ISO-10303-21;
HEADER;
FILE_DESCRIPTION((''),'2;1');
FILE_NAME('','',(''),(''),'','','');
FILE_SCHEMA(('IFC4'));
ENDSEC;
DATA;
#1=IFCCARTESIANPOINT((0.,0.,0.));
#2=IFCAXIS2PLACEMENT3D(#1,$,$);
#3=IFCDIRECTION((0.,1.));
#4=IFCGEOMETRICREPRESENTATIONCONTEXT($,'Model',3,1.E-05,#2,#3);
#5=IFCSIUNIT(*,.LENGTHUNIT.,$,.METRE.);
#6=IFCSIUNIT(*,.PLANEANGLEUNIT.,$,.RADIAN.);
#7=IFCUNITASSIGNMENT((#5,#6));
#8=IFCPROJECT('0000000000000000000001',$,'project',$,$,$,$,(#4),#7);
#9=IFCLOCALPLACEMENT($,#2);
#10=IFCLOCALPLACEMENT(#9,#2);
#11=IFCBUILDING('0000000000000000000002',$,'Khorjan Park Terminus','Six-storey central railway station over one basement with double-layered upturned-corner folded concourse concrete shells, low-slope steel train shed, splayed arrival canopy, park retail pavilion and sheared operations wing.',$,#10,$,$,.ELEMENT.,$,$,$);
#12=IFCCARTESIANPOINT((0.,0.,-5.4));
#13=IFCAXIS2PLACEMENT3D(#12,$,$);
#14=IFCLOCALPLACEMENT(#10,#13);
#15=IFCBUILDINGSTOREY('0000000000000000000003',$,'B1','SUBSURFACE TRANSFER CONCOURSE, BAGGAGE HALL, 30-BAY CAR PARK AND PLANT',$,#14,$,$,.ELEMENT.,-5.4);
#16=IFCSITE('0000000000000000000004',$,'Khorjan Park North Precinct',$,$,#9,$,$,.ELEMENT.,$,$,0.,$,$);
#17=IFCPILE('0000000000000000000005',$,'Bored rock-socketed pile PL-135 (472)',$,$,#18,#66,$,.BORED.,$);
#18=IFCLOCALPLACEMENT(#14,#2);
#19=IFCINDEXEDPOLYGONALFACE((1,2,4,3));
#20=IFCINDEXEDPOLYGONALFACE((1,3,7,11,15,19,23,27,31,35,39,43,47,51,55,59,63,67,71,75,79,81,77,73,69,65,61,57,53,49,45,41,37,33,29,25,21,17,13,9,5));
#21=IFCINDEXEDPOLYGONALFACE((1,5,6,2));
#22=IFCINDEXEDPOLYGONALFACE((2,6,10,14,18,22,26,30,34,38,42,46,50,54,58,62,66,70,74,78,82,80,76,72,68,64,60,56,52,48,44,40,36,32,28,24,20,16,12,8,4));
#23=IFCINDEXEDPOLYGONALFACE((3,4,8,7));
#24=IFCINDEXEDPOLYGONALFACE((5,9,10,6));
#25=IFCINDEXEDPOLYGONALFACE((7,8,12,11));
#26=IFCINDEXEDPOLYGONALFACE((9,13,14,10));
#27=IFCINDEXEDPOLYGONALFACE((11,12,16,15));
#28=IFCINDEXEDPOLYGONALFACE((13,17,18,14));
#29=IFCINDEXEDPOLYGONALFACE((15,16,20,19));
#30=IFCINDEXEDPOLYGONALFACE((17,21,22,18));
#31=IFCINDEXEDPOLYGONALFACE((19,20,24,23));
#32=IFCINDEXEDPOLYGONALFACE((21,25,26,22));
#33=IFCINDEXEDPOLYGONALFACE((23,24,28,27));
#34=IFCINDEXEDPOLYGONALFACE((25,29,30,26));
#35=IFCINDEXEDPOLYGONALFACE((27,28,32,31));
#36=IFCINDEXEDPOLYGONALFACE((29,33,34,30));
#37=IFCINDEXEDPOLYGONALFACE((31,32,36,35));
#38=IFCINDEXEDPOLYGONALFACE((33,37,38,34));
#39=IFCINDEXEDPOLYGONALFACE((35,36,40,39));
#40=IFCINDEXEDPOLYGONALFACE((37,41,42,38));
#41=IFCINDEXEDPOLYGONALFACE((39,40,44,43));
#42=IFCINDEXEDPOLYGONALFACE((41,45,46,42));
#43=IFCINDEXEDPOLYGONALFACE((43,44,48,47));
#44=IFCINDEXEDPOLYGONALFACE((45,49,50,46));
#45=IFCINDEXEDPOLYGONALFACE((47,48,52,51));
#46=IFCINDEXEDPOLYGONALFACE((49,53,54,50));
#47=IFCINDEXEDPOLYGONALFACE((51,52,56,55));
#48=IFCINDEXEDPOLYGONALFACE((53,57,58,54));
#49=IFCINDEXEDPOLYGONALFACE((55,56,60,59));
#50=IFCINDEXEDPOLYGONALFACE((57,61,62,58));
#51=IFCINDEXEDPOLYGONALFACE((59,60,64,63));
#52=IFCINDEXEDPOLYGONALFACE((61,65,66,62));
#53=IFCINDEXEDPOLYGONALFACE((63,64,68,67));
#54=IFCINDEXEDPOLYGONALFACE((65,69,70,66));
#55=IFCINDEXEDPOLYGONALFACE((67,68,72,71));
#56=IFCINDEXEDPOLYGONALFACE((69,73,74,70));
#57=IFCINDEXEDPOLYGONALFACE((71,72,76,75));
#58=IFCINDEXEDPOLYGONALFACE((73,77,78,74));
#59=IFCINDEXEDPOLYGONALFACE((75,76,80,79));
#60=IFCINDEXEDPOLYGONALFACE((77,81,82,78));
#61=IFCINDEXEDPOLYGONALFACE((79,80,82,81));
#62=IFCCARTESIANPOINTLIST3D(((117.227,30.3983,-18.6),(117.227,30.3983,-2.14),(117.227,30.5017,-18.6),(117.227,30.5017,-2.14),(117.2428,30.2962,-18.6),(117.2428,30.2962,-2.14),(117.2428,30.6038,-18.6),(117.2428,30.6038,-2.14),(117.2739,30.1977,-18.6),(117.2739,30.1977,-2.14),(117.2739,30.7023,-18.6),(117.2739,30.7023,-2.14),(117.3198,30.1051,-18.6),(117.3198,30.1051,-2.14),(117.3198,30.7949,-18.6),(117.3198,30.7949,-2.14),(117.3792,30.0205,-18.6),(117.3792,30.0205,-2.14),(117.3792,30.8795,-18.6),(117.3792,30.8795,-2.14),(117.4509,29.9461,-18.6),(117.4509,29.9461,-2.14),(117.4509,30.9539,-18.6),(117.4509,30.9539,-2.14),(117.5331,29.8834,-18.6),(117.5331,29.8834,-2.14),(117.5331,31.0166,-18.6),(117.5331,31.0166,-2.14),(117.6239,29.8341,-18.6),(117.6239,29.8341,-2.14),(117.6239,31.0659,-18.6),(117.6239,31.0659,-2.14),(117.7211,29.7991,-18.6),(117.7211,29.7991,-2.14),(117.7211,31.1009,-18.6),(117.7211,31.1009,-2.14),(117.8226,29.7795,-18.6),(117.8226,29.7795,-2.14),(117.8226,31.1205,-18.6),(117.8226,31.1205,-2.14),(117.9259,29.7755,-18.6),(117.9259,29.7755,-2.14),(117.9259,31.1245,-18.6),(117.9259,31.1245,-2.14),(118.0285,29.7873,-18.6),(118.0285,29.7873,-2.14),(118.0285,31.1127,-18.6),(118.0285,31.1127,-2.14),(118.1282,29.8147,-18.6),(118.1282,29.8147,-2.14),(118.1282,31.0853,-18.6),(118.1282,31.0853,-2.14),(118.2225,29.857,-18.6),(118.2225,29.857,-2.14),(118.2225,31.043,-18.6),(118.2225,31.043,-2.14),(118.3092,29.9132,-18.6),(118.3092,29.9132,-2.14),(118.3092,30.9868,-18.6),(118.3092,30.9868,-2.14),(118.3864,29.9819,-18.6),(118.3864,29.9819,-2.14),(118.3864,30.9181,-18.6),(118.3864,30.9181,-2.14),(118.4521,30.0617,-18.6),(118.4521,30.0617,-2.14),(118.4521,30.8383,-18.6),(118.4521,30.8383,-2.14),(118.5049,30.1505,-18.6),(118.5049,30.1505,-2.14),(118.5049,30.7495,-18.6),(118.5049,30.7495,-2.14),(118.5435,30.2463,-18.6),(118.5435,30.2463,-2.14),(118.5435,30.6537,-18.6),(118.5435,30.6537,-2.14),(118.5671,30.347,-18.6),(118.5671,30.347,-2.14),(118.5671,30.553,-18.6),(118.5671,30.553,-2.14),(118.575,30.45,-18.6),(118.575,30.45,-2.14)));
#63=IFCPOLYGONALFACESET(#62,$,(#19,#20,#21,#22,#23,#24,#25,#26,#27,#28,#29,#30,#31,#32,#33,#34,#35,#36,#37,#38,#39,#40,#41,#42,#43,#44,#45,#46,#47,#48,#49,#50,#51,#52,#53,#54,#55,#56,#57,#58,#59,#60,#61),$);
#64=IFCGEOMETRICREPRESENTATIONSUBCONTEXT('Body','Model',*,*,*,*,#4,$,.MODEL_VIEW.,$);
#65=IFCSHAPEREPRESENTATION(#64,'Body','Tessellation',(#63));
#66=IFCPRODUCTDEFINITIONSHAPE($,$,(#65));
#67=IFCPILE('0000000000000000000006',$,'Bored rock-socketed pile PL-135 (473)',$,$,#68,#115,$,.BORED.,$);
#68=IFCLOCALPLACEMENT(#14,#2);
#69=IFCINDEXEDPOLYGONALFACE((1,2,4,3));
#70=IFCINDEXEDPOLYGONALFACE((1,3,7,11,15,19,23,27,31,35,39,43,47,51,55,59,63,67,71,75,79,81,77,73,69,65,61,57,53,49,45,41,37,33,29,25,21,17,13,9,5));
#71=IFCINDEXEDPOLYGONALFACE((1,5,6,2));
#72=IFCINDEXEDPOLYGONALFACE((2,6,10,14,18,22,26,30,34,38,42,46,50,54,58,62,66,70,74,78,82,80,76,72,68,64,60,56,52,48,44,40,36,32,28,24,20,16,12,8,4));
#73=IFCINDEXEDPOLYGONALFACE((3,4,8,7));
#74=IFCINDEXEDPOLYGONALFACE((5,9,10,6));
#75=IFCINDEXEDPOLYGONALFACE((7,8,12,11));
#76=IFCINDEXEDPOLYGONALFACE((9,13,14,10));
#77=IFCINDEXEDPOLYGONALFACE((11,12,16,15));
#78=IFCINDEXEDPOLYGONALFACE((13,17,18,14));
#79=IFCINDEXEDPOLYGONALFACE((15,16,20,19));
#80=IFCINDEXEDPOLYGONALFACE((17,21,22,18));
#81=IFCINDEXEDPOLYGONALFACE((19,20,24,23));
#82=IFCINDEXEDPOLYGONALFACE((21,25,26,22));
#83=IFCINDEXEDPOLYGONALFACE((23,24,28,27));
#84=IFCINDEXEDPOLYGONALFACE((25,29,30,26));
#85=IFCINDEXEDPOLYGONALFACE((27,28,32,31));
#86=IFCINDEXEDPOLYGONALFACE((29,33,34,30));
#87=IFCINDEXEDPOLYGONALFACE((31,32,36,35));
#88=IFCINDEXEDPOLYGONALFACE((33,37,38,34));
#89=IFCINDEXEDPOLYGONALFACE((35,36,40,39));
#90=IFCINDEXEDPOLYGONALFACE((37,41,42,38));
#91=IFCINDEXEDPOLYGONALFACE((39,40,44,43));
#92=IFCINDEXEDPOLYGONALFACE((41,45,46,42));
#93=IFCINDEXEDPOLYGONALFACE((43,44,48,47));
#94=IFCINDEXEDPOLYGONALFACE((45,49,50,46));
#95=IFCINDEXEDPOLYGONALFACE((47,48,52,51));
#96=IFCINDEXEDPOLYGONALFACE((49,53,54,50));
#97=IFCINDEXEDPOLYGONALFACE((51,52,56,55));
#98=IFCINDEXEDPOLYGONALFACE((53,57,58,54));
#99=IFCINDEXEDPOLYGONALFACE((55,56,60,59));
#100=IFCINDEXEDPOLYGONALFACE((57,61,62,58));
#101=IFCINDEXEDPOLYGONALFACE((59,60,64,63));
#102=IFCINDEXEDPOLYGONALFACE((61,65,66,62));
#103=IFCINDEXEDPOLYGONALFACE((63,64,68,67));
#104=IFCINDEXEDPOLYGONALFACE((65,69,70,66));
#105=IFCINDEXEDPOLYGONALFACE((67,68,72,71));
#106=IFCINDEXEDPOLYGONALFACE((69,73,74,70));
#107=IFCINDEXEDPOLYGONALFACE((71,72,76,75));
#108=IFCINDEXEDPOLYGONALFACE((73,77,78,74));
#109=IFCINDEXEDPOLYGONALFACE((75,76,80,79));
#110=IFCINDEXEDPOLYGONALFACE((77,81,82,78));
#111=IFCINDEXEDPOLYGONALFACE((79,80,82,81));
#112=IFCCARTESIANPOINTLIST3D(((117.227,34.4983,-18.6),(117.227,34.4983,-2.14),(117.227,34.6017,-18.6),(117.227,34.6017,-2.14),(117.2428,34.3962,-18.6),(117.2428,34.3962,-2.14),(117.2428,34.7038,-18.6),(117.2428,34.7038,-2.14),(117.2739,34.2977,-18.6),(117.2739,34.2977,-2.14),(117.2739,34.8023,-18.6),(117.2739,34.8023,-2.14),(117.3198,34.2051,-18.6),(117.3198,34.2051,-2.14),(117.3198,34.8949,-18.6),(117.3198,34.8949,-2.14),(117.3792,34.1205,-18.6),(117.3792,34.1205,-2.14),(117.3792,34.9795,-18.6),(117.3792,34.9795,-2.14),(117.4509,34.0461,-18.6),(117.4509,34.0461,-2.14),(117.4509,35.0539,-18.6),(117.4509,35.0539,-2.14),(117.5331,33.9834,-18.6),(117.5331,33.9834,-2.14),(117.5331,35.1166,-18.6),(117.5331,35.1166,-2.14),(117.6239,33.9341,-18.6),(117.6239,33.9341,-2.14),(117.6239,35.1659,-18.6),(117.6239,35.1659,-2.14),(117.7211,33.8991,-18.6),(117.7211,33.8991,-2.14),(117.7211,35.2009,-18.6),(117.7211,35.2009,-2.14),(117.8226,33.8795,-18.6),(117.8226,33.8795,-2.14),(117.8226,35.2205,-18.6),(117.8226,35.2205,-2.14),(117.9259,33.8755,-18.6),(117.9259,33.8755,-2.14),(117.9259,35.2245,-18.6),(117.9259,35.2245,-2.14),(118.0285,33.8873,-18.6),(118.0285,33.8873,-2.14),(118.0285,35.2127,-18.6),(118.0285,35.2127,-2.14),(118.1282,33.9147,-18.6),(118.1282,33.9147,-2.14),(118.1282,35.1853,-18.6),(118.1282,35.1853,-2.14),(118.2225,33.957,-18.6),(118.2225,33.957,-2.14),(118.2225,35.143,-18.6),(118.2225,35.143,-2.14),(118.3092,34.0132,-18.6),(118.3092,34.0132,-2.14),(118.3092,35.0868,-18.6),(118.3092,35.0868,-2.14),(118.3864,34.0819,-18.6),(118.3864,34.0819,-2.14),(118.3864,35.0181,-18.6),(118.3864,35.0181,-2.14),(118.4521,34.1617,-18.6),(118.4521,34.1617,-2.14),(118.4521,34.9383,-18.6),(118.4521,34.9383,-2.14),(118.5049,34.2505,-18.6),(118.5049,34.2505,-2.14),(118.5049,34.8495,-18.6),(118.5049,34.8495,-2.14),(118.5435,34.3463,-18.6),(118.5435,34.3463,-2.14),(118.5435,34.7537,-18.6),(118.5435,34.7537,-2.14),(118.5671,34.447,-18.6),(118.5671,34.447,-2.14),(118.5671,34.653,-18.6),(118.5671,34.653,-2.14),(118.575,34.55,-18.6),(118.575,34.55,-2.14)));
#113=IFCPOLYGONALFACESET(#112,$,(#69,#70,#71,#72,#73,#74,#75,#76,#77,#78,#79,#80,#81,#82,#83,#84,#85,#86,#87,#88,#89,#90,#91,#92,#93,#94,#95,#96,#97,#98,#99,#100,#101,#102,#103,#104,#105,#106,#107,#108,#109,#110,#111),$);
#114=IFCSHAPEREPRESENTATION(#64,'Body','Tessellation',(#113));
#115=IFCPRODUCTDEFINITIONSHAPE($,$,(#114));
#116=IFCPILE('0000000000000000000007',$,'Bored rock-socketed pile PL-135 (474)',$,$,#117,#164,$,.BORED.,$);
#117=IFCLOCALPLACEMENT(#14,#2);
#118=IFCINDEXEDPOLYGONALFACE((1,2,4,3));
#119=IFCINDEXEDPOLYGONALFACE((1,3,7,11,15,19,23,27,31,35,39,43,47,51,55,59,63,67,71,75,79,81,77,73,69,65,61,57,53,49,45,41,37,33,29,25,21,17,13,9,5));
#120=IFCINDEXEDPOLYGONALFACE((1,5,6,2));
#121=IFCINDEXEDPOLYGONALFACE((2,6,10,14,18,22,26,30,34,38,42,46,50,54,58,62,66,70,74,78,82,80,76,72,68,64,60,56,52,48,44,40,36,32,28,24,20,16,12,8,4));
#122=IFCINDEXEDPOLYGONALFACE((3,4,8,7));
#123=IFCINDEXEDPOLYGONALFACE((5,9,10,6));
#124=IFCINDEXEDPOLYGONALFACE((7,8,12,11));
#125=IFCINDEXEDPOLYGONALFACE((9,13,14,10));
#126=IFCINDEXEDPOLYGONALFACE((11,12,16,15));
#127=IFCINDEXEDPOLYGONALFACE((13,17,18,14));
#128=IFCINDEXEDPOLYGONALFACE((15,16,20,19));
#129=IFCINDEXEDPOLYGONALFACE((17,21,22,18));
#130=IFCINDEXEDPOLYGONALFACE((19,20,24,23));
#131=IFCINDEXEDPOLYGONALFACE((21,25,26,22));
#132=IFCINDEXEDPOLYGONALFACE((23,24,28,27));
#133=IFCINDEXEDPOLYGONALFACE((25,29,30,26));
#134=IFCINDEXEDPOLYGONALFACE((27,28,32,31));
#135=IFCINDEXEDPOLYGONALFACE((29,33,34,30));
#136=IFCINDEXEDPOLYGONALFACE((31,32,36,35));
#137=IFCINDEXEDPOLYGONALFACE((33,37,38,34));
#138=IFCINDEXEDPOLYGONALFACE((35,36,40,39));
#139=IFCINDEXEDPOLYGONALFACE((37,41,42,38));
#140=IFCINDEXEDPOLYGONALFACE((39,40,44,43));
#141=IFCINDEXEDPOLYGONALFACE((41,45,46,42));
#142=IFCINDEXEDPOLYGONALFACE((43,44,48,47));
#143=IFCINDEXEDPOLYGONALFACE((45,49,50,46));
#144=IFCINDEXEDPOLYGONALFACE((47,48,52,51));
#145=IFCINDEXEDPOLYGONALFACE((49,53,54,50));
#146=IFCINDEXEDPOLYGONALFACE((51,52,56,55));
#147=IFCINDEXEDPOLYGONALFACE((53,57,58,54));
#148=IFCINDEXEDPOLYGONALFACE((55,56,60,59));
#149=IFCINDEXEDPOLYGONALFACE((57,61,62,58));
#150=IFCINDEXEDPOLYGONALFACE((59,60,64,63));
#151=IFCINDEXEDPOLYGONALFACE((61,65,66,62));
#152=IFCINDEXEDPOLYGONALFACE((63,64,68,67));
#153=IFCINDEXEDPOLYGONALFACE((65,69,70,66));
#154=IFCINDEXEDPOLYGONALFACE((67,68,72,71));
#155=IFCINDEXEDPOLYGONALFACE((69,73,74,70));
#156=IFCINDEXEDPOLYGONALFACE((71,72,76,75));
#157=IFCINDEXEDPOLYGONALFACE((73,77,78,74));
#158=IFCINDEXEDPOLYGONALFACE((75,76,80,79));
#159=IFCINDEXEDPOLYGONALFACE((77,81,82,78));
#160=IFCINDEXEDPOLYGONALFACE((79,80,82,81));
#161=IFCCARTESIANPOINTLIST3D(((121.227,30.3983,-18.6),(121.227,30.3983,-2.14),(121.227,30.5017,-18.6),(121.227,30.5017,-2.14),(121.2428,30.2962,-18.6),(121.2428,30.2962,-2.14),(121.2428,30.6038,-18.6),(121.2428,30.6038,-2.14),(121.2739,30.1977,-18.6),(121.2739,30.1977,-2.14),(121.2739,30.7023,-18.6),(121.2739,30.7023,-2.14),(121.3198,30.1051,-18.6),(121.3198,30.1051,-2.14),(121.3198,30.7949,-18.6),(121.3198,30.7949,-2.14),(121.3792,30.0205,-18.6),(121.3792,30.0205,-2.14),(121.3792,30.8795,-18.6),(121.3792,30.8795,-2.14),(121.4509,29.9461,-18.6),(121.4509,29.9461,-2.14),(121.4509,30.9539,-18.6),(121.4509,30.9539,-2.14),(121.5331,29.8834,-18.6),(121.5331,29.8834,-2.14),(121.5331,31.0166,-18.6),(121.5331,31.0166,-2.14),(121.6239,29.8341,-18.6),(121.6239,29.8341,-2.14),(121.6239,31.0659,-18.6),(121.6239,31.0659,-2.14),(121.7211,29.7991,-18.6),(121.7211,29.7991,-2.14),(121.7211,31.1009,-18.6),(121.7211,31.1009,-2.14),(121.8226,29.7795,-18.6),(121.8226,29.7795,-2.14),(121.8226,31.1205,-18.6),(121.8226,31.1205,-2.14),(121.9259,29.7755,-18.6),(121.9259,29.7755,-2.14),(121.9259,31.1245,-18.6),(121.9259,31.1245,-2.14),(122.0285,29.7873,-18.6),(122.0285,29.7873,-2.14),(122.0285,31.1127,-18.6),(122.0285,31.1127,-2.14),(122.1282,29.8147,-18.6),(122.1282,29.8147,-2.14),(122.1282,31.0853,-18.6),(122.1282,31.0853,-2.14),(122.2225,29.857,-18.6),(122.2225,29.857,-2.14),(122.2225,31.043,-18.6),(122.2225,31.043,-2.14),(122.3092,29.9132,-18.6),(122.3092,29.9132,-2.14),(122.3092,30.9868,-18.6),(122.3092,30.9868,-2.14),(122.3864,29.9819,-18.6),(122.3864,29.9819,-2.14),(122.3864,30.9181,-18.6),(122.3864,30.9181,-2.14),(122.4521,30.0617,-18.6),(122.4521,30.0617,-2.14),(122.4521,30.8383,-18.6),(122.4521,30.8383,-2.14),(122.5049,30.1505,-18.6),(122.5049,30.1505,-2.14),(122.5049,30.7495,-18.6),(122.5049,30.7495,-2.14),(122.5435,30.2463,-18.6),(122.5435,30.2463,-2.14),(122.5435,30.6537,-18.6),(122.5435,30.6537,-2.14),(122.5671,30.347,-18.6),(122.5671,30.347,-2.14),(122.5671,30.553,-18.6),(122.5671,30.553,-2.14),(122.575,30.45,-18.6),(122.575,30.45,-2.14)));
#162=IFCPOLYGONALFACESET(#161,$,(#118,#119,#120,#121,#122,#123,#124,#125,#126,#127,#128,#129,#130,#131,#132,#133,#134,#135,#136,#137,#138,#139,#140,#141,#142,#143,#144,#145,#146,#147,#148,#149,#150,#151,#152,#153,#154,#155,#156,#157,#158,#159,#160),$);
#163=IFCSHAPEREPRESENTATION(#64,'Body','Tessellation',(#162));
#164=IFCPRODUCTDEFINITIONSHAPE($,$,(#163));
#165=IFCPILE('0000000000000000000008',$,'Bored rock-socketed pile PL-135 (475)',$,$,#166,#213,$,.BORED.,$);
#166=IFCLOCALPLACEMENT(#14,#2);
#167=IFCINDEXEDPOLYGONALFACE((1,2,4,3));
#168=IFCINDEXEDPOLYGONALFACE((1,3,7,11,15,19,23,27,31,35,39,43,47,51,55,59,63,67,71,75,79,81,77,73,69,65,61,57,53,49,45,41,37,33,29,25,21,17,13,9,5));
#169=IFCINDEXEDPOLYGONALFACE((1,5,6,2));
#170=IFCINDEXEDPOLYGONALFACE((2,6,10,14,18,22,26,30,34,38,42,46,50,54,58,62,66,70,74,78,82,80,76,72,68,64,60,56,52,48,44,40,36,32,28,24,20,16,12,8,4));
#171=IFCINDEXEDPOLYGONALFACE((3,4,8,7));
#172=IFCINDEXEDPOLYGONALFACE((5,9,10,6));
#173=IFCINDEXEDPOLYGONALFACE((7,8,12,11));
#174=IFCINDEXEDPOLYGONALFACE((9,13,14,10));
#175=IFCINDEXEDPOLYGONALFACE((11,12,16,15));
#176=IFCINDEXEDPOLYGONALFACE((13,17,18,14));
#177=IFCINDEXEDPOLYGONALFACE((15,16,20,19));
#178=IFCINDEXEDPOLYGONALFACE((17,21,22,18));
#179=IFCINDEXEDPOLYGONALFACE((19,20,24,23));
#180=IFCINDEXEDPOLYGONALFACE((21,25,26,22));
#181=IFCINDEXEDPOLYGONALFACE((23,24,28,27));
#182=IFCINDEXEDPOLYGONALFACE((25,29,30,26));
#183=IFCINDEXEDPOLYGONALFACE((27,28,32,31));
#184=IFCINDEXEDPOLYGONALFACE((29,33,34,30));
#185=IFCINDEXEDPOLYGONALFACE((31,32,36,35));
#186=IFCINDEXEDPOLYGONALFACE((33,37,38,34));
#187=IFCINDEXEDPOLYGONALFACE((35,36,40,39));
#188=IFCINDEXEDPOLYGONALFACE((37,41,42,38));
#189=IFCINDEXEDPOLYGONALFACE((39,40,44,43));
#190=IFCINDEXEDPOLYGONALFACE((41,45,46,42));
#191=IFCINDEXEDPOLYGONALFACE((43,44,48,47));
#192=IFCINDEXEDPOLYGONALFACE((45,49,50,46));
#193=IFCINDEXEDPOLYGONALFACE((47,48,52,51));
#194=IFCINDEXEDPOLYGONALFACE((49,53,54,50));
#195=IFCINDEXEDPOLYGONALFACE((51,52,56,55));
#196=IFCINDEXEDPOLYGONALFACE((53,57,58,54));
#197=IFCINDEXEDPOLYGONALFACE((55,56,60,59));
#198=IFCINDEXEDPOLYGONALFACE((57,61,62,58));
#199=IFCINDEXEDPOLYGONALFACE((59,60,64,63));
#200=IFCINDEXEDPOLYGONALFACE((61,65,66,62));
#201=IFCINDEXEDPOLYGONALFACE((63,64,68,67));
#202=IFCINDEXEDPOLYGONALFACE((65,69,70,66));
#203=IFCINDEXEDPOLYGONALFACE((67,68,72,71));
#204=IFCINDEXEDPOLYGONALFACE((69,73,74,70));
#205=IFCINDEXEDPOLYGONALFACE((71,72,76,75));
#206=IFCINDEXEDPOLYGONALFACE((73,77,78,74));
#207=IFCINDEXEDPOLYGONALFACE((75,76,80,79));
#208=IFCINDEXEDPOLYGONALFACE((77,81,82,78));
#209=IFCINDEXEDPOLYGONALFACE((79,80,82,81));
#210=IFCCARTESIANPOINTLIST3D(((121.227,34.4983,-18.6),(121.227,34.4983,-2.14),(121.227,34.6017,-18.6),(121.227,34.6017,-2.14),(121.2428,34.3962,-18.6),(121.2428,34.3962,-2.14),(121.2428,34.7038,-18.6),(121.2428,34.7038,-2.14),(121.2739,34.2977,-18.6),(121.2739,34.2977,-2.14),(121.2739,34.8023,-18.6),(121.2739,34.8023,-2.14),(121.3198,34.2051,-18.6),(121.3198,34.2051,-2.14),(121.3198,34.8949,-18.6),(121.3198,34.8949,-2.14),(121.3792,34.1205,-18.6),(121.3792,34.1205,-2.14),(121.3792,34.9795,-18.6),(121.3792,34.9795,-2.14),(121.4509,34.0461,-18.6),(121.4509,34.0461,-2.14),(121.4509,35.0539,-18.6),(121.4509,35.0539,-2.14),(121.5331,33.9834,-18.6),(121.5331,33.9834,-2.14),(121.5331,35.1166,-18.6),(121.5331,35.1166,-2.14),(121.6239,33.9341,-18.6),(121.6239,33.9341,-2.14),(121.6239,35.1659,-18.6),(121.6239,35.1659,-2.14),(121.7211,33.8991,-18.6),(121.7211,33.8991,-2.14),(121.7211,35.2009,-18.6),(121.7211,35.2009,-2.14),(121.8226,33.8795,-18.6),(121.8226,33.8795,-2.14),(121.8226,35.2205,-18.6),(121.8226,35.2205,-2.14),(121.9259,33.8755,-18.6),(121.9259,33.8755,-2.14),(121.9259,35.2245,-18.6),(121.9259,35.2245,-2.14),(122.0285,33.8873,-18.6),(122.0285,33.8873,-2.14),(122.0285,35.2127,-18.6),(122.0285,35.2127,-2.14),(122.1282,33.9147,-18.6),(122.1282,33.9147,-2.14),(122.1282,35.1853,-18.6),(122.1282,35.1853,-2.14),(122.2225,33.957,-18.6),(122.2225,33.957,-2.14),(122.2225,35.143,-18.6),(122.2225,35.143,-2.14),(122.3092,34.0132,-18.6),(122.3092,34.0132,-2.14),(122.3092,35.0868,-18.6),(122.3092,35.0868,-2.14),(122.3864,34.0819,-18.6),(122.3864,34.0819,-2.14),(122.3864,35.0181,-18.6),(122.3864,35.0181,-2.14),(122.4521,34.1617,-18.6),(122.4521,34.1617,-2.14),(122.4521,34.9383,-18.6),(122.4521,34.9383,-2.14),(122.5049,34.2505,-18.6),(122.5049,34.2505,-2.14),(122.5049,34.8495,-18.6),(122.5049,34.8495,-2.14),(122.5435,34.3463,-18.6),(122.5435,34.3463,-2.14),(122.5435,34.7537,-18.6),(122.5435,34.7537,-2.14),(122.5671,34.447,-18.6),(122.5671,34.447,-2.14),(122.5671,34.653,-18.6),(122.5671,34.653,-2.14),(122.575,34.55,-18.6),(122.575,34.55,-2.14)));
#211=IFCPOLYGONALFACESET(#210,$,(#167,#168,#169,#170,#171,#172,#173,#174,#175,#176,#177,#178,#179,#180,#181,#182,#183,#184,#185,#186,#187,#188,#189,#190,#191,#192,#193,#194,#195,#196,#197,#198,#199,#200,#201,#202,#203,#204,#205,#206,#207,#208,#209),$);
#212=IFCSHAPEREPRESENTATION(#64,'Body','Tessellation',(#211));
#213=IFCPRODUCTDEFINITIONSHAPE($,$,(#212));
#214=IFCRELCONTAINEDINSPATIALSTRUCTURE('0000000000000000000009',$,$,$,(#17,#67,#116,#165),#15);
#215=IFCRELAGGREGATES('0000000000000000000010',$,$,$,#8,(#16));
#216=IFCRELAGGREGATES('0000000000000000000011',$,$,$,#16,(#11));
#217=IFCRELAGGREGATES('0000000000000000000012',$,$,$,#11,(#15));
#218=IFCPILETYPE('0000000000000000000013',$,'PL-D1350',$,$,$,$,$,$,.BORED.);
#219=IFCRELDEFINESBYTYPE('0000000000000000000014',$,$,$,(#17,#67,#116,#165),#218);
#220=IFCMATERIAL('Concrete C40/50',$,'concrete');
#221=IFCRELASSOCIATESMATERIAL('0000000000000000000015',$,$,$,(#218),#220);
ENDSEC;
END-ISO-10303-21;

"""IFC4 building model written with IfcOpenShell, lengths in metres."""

from ifc_helpers import new_model, si_unit, direction, frame, origin, origin_2d, place, context, subcontext, project, spatial, circle, extrude, material, material_profile, profile_set, type_object, element, save


model = new_model("IFC4")

# Units and contexts
model_context = context("Model", 3, precision=1e-05, world=origin(), true_north=direction((0.0, 1.0)))
body_context = subcontext(model_context, "Body", "Model", "MODEL_VIEW")
ifc_project = project(units=[si_unit("LENGTHUNIT", "METRE"), si_unit("PLANEANGLEUNIT", "RADIAN")], contexts=[model_context])

# Site, building, storey
site_placement = place(None, origin())
site = spatial("IfcSite", under=ifc_project, at=site_placement, Name="Khorjan Park North Precinct", CompositionType="ELEMENT", RefElevation=0.0)
building_placement = place(site_placement, origin())
building = spatial("IfcBuilding", under=site, at=building_placement, Name="Khorjan Park Terminus", Description="Six-storey central railway station over one basement with double-layered upturned-corner folded concourse concrete shells, low-slope steel train shed, splayed arrival canopy, park retail pavilion and sheared operations wing.", CompositionType="ELEMENT")
storey_placement = place(building_placement, frame((0.0, 0.0, -5.4)))
storey = spatial("IfcBuildingStorey", under=building, at=storey_placement, Name="B1", Description="SUBSURFACE TRANSFER CONCOURSE, BAGGAGE HALL, 30-BAY CAR PARK AND PLANT", CompositionType="ELEMENT", Elevation=-5.4)

# Piles
ifc_material_1 = material(Name="Concrete C40/50", Category="concrete")
ifc_material_profile = material_profile(ifc_material_1, circle(Radius=0.675, at=origin_2d()), Name="BORED D1350")
ifc_profile_set = profile_set([ifc_material_profile], Name="Concrete C40/50")
pile_type = type_object("IfcPileType", Name="PL-D1350", PredefinedType="BORED", material=ifc_profile_set)
for number, where, z_axis, x_axis, name in (
    (1, (117.9, 30.45, -2.14), (0.0, 0.0, -1.0), (1.0, 0.0, 0.0), "Bored rock-socketed pile PL-135 (472)"),
    (2, (117.9, 34.55, -2.14), (0.0, 0.0, -1.0), (1.0, 0.0, 0.0), "Bored rock-socketed pile PL-135 (473)"),
    (3, (121.9, 30.45, -2.14), (0.0, 0.0, -1.0), (1.0, 0.0, 0.0), "Bored rock-socketed pile PL-135 (474)"),
    (4, (121.9, 34.55, -2.14), (0.0, 0.0, -1.0), (1.0, 0.0, 0.0), "Bored rock-socketed pile PL-135 (475)"),
):
    element("IfcPile", number, at=place(storey_placement, frame(where, z_axis=z_axis, x_axis=x_axis)), inside=storey, type_object=pile_type, Name=name, PredefinedType="BORED", context=body_context, shape_type="SweptSolid", body=[
        extrude(circle(Radius=0.675, at=origin_2d()), origin(), (0.0, 0.0, 1.0), 16.46),
    ])

save(model, "model.ifc")
